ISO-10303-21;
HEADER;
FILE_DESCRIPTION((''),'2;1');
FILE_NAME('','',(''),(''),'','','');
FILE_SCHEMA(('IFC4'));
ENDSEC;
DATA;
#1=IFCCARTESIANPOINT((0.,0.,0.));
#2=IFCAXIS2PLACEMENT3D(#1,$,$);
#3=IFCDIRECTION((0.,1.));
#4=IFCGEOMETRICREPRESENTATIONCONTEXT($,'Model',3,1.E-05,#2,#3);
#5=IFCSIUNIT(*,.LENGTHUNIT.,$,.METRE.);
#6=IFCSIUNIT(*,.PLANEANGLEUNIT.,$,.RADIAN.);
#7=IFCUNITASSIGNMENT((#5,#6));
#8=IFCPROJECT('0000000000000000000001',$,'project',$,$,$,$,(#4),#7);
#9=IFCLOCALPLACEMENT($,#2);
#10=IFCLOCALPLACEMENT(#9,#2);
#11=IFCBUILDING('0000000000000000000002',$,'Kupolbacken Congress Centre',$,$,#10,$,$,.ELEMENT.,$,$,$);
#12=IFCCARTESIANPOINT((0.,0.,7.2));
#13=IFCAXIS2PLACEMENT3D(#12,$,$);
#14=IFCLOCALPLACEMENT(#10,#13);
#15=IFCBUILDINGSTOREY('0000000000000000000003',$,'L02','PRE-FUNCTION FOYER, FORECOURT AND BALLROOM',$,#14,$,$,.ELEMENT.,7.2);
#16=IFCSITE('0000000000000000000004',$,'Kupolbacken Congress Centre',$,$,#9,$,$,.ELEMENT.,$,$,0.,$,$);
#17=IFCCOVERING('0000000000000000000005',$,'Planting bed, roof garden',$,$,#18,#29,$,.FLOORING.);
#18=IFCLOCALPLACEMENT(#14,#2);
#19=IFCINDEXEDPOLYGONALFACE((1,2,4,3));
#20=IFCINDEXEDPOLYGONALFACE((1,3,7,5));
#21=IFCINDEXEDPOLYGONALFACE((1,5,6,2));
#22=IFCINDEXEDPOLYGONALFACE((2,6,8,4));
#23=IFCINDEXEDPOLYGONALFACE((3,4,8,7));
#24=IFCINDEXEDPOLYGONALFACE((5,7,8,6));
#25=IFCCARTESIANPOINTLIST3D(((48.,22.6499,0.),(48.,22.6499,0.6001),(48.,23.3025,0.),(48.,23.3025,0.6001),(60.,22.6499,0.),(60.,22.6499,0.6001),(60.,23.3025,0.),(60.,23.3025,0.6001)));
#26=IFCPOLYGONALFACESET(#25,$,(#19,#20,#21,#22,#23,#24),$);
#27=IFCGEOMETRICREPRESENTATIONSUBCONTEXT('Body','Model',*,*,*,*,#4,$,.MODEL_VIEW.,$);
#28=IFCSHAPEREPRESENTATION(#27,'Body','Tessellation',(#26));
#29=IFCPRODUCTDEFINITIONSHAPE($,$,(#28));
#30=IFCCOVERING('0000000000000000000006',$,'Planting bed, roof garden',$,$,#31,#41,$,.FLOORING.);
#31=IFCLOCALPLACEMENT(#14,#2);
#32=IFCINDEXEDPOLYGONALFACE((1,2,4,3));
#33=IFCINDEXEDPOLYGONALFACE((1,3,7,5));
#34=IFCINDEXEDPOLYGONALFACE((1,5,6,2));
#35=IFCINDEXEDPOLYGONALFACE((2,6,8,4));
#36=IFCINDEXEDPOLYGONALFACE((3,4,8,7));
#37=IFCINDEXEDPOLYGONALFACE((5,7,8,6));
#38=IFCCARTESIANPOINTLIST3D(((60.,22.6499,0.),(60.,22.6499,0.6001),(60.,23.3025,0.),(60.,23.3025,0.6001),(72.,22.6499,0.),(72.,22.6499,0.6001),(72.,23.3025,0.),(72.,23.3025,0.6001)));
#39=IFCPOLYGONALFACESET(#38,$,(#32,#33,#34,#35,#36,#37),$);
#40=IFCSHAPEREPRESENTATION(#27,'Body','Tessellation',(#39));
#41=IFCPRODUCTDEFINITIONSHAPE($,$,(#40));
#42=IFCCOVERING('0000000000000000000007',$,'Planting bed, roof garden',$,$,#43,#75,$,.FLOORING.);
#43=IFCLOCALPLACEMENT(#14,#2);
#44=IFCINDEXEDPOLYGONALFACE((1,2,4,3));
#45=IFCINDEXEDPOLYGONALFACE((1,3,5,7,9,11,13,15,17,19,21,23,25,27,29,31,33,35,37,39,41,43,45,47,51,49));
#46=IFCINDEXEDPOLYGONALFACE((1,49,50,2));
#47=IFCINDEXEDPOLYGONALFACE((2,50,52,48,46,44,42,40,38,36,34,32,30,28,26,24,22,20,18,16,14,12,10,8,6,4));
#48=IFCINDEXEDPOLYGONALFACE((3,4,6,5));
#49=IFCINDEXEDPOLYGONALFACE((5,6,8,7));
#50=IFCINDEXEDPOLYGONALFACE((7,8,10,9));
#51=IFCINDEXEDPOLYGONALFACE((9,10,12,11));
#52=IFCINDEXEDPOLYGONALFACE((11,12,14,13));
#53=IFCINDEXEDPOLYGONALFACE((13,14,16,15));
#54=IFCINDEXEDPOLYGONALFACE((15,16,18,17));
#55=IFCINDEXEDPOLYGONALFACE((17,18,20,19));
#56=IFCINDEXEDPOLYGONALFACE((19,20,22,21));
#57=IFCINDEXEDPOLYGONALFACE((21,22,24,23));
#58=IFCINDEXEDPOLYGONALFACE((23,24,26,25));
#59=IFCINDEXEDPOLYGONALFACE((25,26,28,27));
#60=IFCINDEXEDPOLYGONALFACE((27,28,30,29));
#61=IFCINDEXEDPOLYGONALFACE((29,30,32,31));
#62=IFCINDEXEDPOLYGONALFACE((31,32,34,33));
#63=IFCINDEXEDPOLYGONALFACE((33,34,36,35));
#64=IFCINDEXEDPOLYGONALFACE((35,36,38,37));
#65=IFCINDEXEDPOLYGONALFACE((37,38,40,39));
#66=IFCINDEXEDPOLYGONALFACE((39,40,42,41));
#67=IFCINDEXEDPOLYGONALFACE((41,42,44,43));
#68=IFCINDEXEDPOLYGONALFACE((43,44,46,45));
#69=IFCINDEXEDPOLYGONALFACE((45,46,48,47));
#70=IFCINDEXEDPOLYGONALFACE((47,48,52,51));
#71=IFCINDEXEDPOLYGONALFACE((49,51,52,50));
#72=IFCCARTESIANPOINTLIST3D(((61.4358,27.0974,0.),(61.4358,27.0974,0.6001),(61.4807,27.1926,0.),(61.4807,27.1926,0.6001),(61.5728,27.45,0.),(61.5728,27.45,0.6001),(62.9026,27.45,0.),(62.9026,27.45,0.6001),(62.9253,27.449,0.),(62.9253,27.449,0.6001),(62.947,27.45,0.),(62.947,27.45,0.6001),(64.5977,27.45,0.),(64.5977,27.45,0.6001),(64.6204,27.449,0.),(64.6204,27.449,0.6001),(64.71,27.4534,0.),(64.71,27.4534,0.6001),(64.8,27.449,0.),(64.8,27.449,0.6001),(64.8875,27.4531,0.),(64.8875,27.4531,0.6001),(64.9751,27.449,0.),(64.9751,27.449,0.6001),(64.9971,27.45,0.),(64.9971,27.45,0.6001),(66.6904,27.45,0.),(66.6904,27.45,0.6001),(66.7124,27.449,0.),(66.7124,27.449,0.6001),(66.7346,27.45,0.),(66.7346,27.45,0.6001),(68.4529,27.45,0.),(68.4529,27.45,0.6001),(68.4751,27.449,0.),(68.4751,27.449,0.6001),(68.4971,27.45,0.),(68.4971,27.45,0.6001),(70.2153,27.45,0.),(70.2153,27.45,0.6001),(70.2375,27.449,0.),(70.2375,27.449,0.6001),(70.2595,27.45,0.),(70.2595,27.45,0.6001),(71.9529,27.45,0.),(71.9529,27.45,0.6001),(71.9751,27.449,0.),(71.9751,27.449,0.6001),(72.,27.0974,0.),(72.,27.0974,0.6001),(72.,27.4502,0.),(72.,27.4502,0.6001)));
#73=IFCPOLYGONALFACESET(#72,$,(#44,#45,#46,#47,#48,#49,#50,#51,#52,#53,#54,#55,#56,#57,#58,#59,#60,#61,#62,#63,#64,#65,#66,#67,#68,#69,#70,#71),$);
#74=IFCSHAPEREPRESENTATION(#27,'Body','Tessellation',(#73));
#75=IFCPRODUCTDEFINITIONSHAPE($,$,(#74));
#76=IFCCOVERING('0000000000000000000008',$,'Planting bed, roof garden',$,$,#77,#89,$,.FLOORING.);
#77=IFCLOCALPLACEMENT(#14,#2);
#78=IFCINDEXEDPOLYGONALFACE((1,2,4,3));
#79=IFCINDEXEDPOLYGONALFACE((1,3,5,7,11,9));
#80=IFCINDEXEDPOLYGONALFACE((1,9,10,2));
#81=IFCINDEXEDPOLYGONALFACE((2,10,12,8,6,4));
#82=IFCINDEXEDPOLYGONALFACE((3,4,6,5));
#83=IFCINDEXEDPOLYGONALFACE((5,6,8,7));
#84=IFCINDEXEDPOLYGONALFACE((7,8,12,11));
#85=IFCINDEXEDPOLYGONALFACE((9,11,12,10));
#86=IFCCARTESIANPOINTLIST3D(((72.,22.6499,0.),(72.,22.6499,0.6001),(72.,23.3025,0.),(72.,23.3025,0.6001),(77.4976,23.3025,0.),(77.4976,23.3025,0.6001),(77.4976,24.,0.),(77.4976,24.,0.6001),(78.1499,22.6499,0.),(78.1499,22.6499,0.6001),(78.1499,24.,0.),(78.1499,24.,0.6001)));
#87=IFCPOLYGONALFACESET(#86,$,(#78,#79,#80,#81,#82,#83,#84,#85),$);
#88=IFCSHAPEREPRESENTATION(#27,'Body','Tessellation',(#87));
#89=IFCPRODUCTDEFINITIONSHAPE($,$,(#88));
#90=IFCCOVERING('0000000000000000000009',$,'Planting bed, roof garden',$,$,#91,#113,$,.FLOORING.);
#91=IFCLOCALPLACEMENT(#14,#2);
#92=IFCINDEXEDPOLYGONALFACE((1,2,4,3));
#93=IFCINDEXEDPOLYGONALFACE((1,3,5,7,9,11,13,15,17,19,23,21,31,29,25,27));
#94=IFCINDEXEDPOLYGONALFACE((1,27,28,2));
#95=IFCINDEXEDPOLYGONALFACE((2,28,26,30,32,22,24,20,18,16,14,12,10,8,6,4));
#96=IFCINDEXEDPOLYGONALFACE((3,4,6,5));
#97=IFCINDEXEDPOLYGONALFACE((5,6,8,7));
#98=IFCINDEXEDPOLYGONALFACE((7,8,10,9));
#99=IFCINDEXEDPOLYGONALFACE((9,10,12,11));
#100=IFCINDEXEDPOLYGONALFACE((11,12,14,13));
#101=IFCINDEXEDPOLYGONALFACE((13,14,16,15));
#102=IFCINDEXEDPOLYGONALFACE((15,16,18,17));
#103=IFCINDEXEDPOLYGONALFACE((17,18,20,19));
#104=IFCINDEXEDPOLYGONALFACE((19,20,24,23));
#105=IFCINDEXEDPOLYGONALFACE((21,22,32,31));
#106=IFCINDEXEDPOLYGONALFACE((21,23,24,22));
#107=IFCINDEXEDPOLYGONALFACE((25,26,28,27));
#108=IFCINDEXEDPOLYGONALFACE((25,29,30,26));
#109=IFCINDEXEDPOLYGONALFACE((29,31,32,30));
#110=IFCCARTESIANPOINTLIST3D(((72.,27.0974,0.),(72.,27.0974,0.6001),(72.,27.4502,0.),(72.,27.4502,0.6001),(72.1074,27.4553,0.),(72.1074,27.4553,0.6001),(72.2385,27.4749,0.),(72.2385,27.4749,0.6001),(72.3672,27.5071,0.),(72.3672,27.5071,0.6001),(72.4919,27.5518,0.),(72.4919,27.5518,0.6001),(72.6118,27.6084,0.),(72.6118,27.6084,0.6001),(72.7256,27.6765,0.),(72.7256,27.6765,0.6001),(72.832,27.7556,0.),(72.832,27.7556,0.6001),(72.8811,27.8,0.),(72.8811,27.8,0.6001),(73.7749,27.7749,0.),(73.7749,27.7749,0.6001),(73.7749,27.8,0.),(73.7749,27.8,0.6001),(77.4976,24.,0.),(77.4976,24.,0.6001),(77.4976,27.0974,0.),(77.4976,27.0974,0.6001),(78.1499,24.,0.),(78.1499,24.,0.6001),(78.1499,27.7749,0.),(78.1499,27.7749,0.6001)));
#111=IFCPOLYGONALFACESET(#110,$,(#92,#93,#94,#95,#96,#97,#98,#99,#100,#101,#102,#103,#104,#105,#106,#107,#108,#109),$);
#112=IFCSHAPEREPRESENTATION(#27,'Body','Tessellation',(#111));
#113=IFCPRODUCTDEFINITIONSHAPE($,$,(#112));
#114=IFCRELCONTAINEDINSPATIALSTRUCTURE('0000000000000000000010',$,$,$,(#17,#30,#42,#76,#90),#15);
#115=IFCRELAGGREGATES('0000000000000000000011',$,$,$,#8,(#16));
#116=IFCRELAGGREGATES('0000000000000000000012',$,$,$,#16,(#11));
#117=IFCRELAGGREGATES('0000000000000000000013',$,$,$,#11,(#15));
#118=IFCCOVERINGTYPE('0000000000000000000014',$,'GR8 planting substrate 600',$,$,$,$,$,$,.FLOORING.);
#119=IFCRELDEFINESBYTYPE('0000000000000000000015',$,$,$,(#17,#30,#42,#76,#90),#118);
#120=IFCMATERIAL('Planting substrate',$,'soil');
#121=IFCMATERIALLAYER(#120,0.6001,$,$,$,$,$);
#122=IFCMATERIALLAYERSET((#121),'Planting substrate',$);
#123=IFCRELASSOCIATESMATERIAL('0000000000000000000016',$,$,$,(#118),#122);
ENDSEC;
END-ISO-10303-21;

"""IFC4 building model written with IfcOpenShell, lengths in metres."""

from ifc_helpers import new_model, si_unit, direction, frame, origin, place, context, subcontext, project, spatial, polyline, outline, extrude, material, layer, layer_set, type_object, element, save


model = new_model("IFC4")

# Units and contexts
model_context = context("Model", 3, precision=1e-05, world=origin(), true_north=direction((0.0, 1.0)))
body_context = subcontext(model_context, "Body", "Model", "MODEL_VIEW")
ifc_project = project(units=[si_unit("LENGTHUNIT", "METRE"), si_unit("PLANEANGLEUNIT", "RADIAN")], contexts=[model_context])

# Site, building, storey
site_placement = place(None, origin())
site = spatial("IfcSite", under=ifc_project, at=site_placement, Name="Kupolbacken Congress Centre", CompositionType="ELEMENT", RefElevation=0.0)
building_placement = place(site_placement, origin())
building = spatial("IfcBuilding", under=site, at=building_placement, Name="Kupolbacken Congress Centre", CompositionType="ELEMENT")
storey_placement = place(building_placement, frame((0.0, 0.0, 7.2)))
storey = spatial("IfcBuildingStorey", under=building, at=storey_placement, Name="L02", Description="PRE-FUNCTION FOYER, FORECOURT AND BALLROOM", CompositionType="ELEMENT", Elevation=7.2)

# Coverings
ifc_material_1 = material(Name="Planting substrate", Category="soil")
ifc_layer_1 = layer(ifc_material_1, 0.6001)
ifc_layer_set_1 = layer_set([ifc_layer_1], Name="Planting substrate")
covering_type_1 = type_object("IfcCoveringType", Name="GR8 planting substrate 600", PredefinedType="FLOORING", material=ifc_layer_set_1)
covering_1_placement = place(storey_placement, origin())
element("IfcCovering", 1, at=covering_1_placement, inside=storey, type_object=covering_type_1, Name="Planting bed, roof garden", PredefinedType="FLOORING", context=body_context, shape_type="SweptSolid", body=[
    extrude(outline(polyline([(60.0, 23.3025), (60.0, 22.6499), (48.0, 22.6499), (48.0, 23.3025), (60.0, 23.3025)])), origin(), (0.0, 0.0, 1.0), 0.6001),
])
covering_2_placement = place(storey_placement, origin())
element("IfcCovering", 2, at=covering_2_placement, inside=storey, type_object=covering_type_1, Name="Planting bed, roof garden", PredefinedType="FLOORING", context=body_context, shape_type="SweptSolid", body=[
    extrude(outline(polyline([(72.0, 23.3025), (72.0, 22.6499), (60.0, 22.6499), (60.0, 23.3025), (72.0, 23.3025)])), origin(), (0.0, 0.0, 1.0), 0.6001),
])
covering_3_placement = place(storey_placement, origin())
element("IfcCovering", 3, at=covering_3_placement, inside=storey, type_object=covering_type_1, Name="Planting bed, roof garden", PredefinedType="FLOORING", context=body_context, shape_type="SweptSolid", body=[
    extrude(outline(polyline([(61.4358, 27.0974), (61.4807, 27.1926), (61.5728, 27.45), (62.9026, 27.45), (62.9253, 27.449), (62.947, 27.45), (64.5977, 27.45), (64.6204, 27.449), (64.71, 27.4534), (64.8, 27.449), (64.8875, 27.4531), (64.9751, 27.449), (64.9971, 27.45), (66.6904, 27.45), (66.7124, 27.449), (66.7346, 27.45), (68.4529, 27.45), (68.4751, 27.449), (68.4971, 27.45), (70.2153, 27.45), (70.2375, 27.449), (70.2595, 27.45), (71.9529, 27.45), (71.9751, 27.449), (72.0, 27.4502), (72.0, 27.0974), (61.4358, 27.0974)])), origin(), (0.0, 0.0, 1.0), 0.6001),
])
covering_4_placement = place(storey_placement, origin())
element("IfcCovering", 4, at=covering_4_placement, inside=storey, type_object=covering_type_1, Name="Planting bed, roof garden", PredefinedType="FLOORING", context=body_context, shape_type="SweptSolid", body=[
    extrude(outline(polyline([(77.4976, 23.3025), (77.4976, 24.0), (78.1499, 24.0), (78.1499, 22.6499), (72.0, 22.6499), (72.0, 23.3025), (77.4976, 23.3025)])), origin(), (0.0, 0.0, 1.0), 0.6001),
])
covering_5_placement = place(storey_placement, origin())
element("IfcCovering", 5, at=covering_5_placement, inside=storey, type_object=covering_type_1, Name="Planting bed, roof garden", PredefinedType="FLOORING", context=body_context, shape_type="SweptSolid", body=[
    extrude(outline(polyline([(77.4976, 27.0974), (72.0, 27.0974), (72.0, 27.4502), (72.1074, 27.4553), (72.2385, 27.4749), (72.3672, 27.5071), (72.4919, 27.5518), (72.6118, 27.6084), (72.7256, 27.6765), (72.832, 27.7556), (72.8811, 27.8), (73.7749, 27.8), (73.7749, 27.7749), (78.1499, 27.7749), (78.1499, 24.0), (77.4976, 24.0), (77.4976, 27.0974)])), origin(), (0.0, 0.0, 1.0), 0.6001),
])

save(model, "model.ifc")
